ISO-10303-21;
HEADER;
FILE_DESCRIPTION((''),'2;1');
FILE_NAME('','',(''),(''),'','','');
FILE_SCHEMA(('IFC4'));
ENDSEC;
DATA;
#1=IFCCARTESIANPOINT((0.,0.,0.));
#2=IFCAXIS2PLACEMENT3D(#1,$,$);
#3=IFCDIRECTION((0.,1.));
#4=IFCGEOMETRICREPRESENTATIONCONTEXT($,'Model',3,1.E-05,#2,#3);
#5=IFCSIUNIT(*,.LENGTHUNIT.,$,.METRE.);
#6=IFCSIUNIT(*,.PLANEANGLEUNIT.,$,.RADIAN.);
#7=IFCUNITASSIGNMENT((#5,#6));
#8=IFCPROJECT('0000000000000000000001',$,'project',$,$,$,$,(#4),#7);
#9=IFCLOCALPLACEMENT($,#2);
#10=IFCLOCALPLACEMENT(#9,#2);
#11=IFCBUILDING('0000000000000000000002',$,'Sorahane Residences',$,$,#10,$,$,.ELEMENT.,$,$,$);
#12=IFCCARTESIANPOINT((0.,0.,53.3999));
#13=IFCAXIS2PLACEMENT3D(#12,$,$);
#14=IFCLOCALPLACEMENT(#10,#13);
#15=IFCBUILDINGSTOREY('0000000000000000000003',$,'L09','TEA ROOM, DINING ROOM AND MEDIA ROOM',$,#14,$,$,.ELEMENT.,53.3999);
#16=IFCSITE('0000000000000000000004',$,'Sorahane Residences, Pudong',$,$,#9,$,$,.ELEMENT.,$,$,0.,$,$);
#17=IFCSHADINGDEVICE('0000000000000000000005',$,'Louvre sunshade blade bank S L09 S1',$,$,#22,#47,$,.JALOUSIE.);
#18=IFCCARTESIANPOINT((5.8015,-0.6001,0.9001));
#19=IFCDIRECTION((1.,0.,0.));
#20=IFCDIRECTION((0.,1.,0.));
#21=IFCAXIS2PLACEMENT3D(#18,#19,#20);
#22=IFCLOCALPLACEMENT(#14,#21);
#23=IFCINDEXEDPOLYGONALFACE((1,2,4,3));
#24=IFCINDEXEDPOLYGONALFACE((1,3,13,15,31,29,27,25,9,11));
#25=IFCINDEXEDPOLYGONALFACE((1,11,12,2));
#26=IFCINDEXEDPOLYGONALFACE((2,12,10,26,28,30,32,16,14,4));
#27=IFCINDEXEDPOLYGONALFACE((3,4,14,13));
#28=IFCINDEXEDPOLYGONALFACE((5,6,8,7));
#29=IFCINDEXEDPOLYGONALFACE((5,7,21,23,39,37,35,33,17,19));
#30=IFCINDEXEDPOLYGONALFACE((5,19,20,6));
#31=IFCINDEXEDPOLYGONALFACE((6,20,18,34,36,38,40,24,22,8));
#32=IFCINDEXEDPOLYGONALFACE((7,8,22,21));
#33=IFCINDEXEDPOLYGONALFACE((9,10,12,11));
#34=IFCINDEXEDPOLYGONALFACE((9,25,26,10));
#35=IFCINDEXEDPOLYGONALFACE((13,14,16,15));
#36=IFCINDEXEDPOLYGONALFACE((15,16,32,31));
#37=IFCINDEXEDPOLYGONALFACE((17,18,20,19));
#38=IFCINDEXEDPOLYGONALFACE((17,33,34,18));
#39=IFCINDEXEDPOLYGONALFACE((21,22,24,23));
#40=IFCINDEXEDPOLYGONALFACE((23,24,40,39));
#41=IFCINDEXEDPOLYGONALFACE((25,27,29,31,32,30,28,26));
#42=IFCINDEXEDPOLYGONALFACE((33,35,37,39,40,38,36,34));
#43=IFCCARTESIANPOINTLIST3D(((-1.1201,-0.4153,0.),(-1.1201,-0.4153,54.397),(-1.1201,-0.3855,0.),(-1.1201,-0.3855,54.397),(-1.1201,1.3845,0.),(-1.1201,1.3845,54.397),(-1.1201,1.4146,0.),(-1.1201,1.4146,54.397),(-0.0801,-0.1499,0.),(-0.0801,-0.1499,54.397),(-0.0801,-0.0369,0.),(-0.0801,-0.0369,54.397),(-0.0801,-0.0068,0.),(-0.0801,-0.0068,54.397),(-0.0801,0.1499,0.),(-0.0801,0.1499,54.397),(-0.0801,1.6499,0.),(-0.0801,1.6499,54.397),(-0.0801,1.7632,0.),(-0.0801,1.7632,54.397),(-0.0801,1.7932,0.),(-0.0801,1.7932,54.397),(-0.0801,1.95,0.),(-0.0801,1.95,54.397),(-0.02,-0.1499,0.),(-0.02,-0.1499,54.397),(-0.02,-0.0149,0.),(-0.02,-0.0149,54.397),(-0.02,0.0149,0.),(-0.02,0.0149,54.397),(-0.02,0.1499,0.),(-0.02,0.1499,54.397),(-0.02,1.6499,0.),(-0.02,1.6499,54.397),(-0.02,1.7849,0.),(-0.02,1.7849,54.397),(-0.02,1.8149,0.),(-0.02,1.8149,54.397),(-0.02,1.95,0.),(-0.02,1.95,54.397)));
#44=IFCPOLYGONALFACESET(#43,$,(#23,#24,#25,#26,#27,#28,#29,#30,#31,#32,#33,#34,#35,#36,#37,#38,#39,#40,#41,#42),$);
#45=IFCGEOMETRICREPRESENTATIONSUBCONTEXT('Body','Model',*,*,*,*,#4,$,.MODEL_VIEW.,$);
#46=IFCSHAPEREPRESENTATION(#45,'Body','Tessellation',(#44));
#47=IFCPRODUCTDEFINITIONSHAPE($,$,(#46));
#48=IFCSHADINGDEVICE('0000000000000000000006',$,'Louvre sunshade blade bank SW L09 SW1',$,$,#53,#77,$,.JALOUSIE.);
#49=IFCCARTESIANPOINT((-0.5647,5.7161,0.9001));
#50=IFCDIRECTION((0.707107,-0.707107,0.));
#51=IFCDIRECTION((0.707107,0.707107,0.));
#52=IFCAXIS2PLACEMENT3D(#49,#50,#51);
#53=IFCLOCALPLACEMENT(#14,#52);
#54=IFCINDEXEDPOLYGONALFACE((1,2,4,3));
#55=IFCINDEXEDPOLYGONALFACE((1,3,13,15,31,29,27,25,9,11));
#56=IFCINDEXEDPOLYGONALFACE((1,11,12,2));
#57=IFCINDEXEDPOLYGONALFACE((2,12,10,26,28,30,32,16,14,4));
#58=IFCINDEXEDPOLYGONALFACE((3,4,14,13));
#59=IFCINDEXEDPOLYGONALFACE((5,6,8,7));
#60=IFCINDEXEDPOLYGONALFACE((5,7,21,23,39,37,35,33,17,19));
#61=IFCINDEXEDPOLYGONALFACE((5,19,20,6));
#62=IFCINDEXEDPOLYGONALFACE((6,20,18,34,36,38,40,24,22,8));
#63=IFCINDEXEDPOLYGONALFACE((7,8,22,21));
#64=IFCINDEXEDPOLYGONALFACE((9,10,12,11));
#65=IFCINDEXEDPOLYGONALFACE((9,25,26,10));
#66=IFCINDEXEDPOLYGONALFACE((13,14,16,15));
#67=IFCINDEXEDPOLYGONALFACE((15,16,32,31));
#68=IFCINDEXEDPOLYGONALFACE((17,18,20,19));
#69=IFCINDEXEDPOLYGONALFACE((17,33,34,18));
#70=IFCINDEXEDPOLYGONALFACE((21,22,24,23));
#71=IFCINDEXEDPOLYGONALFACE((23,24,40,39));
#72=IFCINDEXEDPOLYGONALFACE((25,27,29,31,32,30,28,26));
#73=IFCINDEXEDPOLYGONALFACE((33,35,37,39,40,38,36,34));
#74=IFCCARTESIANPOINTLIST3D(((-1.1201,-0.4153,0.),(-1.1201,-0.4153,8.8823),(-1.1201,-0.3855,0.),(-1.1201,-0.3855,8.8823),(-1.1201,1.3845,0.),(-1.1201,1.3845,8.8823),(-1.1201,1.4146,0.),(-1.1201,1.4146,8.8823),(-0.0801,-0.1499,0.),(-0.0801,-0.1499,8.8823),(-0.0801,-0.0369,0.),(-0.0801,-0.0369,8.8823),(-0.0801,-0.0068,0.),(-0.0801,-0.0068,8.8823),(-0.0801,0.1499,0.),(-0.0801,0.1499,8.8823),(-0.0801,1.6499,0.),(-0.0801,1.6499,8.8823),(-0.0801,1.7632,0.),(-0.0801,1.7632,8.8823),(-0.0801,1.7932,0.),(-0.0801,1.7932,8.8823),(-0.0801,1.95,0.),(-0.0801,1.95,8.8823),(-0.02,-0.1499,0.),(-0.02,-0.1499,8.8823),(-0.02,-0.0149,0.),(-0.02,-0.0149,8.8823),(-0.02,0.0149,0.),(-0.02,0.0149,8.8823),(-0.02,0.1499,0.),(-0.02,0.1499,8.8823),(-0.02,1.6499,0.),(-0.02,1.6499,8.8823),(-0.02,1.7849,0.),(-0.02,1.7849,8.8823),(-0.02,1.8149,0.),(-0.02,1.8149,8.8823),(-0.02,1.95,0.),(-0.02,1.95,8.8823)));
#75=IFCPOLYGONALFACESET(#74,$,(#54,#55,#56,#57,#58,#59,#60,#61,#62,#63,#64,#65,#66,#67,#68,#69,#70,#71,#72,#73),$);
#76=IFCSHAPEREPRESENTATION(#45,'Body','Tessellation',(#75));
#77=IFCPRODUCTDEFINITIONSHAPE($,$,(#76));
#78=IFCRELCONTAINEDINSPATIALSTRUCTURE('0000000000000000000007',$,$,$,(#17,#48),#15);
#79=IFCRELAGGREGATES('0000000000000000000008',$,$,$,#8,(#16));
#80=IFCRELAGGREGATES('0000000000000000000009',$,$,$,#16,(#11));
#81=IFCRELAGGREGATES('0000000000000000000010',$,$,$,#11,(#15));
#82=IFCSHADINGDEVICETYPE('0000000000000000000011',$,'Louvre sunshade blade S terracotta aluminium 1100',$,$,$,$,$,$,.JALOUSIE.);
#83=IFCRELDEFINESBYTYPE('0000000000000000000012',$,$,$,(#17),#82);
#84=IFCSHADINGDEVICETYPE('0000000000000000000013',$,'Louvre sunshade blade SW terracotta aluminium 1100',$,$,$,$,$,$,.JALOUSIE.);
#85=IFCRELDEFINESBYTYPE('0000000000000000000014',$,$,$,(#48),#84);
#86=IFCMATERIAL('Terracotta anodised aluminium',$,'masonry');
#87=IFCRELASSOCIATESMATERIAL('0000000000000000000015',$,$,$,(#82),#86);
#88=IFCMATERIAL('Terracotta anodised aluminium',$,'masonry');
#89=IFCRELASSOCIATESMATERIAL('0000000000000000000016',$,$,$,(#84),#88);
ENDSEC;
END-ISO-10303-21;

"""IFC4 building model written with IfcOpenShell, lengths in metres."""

from ifc_helpers import new_model, si_unit, direction, frame, origin, place, context, subcontext, project, spatial, polyline, outline, composite_profile, extrude, material, type_object, element, save


model = new_model("IFC4")

# Units and contexts
model_context = context("Model", 3, precision=1e-05, world=origin(), true_north=direction((0.0, 1.0)))
body_context = subcontext(model_context, "Body", "Model", "MODEL_VIEW")
ifc_project = project(units=[si_unit("LENGTHUNIT", "METRE"), si_unit("PLANEANGLEUNIT", "RADIAN")], contexts=[model_context])

# Site, building, storey
site_placement = place(None, origin())
site = spatial("IfcSite", under=ifc_project, at=site_placement, Name="Sorahane Residences, Pudong", CompositionType="ELEMENT", RefElevation=0.0)
building_placement = place(site_placement, origin())
building = spatial("IfcBuilding", under=site, at=building_placement, Name="Sorahane Residences", CompositionType="ELEMENT")
storey_placement = place(building_placement, frame((0.0, 0.0, 53.3999)))
storey = spatial("IfcBuildingStorey", under=building, at=storey_placement, Name="L09", Description="TEA ROOM, DINING ROOM AND MEDIA ROOM", CompositionType="ELEMENT", Elevation=53.3999)

# Shading devices
ifc_material_1 = material(Name="Terracotta anodised aluminium", Category="masonry")
shading_device_type_1 = type_object("IfcShadingDeviceType", Name="Louvre sunshade blade S terracotta aluminium 1100", PredefinedType="JALOUSIE", material=ifc_material_1)
shading_device_1_placement = place(storey_placement, frame((5.8015, -0.6001, 0.9001), z_axis=(1.0, 0.0, 0.0), x_axis=(0.0, 1.0, 0.0)))
element("IfcShadingDevice", 1, at=shading_device_1_placement, inside=storey, type_object=shading_device_type_1, Name="Louvre sunshade blade bank S L09 S1", PredefinedType="JALOUSIE", context=body_context, shape_type="SweptSolid", body=[
    extrude(composite_profile([outline(polyline([(-1.1201, -0.3855), (-1.1201, -0.4153), (-0.0801, -0.0369), (-0.0801, -0.1499), (-0.02, -0.1499), (-0.02, -0.0149), (-0.02, 0.0149), (-0.02, 0.1499), (-0.0801, 0.1499), (-0.0801, -0.0068), (-1.1201, -0.3855)])), outline(polyline([(-1.1201, 1.4146), (-1.1201, 1.3845), (-0.0801, 1.7632), (-0.0801, 1.6499), (-0.02, 1.6499), (-0.02, 1.7849), (-0.02, 1.8149), (-0.02, 1.95), (-0.0801, 1.95), (-0.0801, 1.7932), (-1.1201, 1.4146)]))]), origin(), (0.0, 0.0, 1.0), 54.397),
])
ifc_material_2 = material(Name="Terracotta anodised aluminium", Category="masonry")
shading_device_type_2 = type_object("IfcShadingDeviceType", Name="Louvre sunshade blade SW terracotta aluminium 1100", PredefinedType="JALOUSIE", material=ifc_material_2)
shading_device_2_placement = place(storey_placement, frame((-0.5647, 5.7161, 0.9001), z_axis=(0.707107, -0.707107, 0.0), x_axis=(0.707107, 0.707107, 0.0)))
element("IfcShadingDevice", 2, at=shading_device_2_placement, inside=storey, type_object=shading_device_type_2, Name="Louvre sunshade blade bank SW L09 SW1", PredefinedType="JALOUSIE", context=body_context, shape_type="SweptSolid", body=[
    extrude(composite_profile([outline(polyline([(-1.1201, -0.3855), (-1.1201, -0.4153), (-0.0801, -0.0369), (-0.0801, -0.1499), (-0.02, -0.1499), (-0.02, -0.0149), (-0.02, 0.0149), (-0.02, 0.1499), (-0.0801, 0.1499), (-0.0801, -0.0068), (-1.1201, -0.3855)])), outline(polyline([(-1.1201, 1.4146), (-1.1201, 1.3845), (-0.0801, 1.7632), (-0.0801, 1.6499), (-0.02, 1.6499), (-0.02, 1.7849), (-0.02, 1.8149), (-0.02, 1.95), (-0.0801, 1.95), (-0.0801, 1.7932), (-1.1201, 1.4146)]))]), origin(), (0.0, 0.0, 1.0), 8.8823),
])

save(model, "model.ifc")
